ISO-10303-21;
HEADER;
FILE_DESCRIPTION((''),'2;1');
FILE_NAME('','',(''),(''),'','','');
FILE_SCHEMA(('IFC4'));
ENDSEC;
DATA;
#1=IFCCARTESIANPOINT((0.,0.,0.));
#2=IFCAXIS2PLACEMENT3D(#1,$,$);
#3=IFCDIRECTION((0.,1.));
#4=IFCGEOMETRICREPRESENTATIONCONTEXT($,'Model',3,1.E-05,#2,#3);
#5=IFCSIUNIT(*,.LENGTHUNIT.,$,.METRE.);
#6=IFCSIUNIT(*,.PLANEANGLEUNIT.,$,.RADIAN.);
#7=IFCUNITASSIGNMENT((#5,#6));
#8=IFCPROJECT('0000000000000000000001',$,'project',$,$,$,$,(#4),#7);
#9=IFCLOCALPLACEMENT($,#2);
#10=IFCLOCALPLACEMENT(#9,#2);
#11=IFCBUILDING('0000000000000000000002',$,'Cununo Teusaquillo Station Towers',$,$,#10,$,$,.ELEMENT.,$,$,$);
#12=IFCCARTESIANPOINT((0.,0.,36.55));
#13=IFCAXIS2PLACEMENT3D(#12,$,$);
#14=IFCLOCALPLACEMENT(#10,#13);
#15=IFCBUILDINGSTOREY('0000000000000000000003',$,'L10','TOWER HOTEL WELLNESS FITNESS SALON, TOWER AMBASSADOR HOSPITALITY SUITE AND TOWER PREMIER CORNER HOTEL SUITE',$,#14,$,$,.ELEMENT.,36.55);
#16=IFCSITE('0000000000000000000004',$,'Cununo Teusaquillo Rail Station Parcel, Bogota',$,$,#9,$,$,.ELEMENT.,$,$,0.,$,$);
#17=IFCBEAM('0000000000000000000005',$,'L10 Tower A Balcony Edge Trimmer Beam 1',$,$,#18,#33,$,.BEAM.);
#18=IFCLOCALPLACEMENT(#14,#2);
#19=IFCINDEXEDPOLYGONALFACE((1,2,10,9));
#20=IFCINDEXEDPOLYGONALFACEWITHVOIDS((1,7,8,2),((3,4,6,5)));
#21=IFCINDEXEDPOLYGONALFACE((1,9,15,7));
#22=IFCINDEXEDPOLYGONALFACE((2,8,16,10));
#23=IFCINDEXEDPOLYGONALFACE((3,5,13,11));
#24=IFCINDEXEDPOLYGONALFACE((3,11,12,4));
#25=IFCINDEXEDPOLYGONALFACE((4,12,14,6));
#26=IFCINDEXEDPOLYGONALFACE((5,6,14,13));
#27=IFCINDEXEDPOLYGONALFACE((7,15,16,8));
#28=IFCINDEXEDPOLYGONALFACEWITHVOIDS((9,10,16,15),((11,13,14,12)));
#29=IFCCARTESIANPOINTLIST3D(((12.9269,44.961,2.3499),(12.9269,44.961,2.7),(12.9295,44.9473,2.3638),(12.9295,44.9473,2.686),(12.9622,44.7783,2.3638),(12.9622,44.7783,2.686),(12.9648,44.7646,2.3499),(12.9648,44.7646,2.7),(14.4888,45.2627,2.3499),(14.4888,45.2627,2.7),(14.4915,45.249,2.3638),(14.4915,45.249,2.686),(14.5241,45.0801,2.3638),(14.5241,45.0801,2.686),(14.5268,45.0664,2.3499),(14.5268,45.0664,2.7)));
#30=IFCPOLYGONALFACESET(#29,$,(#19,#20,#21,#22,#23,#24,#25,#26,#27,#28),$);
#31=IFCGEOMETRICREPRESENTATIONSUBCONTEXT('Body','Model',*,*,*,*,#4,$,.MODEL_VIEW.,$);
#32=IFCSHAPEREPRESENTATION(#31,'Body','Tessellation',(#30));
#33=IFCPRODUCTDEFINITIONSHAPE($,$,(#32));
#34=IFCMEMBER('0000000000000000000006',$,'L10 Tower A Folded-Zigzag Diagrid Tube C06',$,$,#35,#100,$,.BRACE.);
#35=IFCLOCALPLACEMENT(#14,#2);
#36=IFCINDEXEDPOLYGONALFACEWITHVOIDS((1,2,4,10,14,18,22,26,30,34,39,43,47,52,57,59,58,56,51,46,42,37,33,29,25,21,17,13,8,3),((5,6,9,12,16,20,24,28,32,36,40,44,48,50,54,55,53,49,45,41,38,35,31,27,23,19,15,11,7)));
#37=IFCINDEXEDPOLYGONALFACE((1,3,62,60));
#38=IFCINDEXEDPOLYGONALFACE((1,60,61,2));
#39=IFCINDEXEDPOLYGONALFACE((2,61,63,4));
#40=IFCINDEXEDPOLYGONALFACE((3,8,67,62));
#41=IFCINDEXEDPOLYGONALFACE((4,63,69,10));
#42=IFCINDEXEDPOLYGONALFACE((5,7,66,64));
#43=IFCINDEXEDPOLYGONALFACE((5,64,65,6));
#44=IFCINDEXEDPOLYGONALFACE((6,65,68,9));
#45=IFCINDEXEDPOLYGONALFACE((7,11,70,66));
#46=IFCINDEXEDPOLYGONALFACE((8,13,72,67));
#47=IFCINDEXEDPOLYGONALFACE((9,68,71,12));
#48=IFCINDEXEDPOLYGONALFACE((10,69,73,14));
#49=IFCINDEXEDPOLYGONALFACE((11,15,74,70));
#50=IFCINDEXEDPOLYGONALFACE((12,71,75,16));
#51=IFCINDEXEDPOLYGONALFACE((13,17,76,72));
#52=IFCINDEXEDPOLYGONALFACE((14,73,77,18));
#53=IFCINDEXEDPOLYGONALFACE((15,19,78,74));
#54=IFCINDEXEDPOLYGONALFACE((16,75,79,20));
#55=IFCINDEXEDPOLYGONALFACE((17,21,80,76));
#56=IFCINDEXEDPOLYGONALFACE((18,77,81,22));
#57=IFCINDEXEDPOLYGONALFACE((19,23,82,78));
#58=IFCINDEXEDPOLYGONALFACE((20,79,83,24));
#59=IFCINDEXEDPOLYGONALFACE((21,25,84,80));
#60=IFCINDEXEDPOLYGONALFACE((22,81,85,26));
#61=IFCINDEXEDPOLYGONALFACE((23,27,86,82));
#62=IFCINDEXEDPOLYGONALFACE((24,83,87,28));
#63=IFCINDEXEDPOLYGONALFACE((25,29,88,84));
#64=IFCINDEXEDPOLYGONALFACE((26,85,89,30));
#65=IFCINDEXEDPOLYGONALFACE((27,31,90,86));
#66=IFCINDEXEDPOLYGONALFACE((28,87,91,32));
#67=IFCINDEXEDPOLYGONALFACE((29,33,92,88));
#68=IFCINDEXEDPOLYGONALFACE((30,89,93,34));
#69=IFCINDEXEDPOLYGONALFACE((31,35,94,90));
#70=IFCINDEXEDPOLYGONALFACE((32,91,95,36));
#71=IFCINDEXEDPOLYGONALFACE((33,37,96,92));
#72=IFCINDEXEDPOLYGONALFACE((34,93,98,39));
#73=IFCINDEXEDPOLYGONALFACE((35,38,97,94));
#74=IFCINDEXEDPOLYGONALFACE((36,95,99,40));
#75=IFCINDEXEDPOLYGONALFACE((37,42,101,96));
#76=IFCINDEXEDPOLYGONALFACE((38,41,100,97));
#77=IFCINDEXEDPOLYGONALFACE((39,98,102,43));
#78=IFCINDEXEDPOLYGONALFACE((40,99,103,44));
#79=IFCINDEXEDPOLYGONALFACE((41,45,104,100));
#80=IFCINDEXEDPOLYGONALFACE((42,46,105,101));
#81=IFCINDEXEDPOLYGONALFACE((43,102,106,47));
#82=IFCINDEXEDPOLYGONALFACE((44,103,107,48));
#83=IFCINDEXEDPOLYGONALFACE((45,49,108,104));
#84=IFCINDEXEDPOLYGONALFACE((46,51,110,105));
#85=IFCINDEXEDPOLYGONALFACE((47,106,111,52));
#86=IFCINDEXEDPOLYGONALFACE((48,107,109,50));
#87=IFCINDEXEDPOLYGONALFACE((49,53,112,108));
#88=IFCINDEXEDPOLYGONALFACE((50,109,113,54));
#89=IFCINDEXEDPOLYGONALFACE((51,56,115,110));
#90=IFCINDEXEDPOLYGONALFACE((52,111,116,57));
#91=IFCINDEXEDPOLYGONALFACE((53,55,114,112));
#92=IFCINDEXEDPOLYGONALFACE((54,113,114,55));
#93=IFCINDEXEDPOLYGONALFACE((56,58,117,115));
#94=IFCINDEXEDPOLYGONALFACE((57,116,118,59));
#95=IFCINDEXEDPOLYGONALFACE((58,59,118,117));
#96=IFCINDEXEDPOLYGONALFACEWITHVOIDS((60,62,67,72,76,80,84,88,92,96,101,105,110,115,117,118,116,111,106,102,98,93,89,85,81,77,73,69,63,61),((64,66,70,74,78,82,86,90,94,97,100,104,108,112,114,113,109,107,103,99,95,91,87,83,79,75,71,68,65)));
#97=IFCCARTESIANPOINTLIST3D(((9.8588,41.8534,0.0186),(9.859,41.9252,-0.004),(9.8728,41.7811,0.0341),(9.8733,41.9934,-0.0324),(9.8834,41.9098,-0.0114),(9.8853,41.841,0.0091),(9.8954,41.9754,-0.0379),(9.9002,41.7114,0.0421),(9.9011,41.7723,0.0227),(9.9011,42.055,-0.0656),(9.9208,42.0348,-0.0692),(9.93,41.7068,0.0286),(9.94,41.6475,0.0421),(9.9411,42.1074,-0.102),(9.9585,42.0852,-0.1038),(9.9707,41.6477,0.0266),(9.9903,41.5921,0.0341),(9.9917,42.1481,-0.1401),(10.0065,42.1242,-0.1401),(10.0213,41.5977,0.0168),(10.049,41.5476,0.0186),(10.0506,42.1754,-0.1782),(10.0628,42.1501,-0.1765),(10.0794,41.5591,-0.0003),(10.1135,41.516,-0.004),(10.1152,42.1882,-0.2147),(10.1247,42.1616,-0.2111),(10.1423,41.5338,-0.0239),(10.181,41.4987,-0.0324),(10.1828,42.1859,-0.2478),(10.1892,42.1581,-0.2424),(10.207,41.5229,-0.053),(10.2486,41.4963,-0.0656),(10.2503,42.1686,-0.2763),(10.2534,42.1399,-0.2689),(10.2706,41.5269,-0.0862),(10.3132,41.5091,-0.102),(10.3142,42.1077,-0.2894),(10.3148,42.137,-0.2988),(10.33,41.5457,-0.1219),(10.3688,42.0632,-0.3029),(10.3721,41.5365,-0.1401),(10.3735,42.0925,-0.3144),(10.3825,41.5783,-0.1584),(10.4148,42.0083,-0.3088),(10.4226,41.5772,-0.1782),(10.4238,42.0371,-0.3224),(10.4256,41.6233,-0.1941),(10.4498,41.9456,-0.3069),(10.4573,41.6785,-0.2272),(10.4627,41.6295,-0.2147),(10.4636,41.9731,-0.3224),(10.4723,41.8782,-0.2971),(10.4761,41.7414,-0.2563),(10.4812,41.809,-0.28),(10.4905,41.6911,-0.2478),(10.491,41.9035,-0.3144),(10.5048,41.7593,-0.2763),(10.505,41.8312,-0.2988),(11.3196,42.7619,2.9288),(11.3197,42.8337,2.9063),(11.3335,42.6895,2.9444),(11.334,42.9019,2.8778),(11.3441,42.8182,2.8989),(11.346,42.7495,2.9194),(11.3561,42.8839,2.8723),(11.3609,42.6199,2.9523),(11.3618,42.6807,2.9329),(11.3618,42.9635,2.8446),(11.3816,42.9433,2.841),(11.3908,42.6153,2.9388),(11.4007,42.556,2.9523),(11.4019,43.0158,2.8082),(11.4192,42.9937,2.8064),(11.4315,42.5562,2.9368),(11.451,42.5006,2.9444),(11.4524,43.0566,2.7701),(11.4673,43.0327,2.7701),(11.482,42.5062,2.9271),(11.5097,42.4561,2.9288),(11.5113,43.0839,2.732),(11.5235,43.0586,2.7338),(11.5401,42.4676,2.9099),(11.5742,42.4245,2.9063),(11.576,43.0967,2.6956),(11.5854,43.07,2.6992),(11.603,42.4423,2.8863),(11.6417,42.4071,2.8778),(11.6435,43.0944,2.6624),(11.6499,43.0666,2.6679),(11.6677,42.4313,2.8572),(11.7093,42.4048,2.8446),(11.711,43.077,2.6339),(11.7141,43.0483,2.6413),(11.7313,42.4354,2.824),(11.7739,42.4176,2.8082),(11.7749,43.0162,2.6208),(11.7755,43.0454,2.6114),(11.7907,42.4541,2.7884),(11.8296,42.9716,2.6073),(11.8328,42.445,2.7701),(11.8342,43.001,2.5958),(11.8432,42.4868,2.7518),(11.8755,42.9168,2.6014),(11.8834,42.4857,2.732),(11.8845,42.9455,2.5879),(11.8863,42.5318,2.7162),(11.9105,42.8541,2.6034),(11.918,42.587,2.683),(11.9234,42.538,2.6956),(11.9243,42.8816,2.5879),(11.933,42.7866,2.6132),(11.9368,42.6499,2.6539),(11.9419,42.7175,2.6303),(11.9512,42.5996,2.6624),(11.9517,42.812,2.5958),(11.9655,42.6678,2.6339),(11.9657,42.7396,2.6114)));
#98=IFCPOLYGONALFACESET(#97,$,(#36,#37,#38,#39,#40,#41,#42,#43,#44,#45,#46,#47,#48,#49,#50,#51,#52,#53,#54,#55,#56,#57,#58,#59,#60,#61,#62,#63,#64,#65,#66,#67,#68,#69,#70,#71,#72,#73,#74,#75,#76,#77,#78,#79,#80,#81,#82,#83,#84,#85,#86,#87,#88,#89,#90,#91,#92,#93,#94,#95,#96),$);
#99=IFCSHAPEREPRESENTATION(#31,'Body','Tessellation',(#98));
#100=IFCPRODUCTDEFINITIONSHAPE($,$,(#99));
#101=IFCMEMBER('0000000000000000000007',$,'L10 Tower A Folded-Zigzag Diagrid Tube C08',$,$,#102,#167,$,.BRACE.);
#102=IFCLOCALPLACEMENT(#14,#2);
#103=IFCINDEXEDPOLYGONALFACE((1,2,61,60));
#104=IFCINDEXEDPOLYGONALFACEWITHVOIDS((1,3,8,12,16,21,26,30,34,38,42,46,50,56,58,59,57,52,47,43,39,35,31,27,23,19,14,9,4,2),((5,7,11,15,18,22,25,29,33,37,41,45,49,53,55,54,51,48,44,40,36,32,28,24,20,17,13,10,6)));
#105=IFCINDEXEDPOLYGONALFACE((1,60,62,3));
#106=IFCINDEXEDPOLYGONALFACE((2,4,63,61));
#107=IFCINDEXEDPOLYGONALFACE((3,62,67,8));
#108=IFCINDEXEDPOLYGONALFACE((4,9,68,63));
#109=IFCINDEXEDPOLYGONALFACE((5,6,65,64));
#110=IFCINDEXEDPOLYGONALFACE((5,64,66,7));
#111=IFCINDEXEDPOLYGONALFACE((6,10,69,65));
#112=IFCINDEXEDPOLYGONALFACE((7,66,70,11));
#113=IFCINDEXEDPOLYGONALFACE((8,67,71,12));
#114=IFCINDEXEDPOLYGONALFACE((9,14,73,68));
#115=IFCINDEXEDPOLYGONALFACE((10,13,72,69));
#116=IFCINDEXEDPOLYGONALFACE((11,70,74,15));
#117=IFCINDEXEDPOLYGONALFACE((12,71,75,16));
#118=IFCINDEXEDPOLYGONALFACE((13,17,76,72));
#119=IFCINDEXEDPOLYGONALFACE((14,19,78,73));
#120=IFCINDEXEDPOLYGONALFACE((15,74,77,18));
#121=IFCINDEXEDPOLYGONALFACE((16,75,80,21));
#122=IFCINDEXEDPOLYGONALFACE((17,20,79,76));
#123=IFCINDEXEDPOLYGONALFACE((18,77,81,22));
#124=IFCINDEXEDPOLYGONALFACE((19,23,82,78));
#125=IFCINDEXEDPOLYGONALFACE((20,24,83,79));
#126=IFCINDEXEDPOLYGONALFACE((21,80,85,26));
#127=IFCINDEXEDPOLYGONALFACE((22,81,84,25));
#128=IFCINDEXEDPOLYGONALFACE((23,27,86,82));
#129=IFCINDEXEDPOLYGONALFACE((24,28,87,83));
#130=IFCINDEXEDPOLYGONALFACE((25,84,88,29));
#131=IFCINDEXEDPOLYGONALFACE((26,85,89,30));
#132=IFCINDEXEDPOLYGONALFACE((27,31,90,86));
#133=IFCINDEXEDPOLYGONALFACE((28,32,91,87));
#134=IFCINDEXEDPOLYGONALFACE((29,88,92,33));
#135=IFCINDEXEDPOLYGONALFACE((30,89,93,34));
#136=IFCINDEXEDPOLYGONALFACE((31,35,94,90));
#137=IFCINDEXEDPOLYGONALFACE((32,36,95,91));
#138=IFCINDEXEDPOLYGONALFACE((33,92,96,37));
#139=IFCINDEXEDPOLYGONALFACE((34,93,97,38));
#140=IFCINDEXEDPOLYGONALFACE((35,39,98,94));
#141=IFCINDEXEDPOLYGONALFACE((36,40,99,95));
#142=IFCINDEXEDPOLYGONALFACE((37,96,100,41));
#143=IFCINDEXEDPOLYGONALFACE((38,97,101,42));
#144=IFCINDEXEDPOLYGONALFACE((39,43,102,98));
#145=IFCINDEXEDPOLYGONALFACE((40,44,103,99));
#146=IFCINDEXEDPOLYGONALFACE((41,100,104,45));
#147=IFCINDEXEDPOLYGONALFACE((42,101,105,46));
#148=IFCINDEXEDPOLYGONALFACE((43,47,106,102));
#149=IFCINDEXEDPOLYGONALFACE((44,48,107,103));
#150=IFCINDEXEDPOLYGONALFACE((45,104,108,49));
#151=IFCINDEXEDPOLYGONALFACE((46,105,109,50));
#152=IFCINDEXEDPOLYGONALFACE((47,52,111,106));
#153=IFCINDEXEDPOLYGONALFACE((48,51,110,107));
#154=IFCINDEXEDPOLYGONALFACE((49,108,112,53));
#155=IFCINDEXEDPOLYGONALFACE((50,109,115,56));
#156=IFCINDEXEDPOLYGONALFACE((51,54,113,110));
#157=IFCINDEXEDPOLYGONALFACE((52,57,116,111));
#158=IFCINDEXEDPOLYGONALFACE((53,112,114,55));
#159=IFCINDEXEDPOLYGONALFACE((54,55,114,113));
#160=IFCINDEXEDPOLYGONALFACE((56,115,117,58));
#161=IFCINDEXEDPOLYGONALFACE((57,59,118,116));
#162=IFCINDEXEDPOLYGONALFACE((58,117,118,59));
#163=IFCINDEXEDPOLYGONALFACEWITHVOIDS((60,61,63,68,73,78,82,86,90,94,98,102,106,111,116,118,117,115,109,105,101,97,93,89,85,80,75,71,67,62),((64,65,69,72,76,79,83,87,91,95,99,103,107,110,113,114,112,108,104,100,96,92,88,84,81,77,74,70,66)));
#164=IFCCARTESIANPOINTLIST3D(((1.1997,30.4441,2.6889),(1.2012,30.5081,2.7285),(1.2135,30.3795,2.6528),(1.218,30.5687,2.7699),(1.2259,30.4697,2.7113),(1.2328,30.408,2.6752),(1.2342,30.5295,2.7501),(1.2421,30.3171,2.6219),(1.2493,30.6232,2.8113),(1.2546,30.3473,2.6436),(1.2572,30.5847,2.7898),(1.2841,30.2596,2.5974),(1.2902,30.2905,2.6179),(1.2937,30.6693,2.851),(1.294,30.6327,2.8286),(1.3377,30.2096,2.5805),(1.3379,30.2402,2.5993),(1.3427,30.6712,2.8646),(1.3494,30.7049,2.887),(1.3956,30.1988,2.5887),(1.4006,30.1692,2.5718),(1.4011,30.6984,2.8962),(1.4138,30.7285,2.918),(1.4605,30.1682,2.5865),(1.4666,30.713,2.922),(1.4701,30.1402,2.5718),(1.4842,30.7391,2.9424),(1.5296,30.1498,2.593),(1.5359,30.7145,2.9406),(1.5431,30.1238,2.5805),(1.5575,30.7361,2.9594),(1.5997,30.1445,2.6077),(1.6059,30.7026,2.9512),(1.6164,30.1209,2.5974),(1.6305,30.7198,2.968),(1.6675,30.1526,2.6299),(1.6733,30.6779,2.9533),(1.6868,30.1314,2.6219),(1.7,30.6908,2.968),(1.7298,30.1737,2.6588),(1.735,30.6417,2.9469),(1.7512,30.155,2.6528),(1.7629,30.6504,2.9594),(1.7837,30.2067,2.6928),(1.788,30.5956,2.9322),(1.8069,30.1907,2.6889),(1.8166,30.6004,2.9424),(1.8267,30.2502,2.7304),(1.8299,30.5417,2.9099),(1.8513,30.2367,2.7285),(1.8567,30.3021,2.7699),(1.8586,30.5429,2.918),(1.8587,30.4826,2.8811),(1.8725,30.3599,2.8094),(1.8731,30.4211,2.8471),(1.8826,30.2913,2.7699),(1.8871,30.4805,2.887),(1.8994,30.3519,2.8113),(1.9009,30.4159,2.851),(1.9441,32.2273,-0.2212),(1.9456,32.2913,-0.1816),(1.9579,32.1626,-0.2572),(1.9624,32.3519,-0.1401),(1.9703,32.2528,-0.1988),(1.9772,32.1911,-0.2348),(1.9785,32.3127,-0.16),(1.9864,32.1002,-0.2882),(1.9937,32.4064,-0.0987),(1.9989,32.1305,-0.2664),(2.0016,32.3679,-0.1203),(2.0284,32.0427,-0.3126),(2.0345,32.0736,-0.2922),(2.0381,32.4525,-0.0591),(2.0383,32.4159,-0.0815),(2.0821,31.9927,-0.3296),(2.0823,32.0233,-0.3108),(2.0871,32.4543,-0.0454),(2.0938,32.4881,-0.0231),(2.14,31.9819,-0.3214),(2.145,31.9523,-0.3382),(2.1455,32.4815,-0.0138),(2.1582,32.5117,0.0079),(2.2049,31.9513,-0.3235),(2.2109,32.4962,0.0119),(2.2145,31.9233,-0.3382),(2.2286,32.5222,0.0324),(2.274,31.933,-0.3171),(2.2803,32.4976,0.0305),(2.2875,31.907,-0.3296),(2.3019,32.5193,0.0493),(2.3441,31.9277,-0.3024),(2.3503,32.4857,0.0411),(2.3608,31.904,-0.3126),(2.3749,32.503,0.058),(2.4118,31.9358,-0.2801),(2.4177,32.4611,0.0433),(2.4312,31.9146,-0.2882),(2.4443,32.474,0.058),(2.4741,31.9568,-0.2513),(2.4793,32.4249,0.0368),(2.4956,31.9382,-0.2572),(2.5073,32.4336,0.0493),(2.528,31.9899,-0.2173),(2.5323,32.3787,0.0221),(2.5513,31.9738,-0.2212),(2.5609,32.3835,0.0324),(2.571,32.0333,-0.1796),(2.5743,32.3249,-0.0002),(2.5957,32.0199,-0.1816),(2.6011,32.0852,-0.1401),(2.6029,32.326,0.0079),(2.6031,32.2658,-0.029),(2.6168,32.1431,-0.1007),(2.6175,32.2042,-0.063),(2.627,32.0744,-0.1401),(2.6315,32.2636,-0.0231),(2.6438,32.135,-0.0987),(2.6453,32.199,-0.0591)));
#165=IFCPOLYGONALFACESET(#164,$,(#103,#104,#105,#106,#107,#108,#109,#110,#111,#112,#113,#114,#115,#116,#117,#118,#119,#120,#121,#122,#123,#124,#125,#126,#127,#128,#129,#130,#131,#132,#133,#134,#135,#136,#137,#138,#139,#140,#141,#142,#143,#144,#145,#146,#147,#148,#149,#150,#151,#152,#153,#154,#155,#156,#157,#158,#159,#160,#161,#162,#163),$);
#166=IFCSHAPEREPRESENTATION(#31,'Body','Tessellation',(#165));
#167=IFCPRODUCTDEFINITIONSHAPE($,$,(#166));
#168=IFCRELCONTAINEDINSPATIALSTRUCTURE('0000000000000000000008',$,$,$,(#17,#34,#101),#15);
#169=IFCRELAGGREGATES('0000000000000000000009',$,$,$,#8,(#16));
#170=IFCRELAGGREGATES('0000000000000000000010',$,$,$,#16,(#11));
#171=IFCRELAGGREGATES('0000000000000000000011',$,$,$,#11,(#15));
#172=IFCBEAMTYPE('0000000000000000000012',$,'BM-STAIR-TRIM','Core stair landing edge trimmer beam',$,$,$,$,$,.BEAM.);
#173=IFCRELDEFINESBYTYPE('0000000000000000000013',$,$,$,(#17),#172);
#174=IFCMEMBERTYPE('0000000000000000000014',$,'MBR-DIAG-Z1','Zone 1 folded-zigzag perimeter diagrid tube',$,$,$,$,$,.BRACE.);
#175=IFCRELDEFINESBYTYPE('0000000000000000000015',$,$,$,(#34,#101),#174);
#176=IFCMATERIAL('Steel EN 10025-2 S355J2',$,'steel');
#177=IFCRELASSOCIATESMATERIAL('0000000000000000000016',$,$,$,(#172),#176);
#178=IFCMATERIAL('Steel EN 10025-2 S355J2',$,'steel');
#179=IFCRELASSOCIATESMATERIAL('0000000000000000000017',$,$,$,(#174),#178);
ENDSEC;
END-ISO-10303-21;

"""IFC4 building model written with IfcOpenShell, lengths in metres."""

from ifc_helpers import new_model, si_unit, direction, frame, origin, origin_2d, place, context, subcontext, project, spatial, hollow_rectangle, hollow_circle, extrude, material, material_profile, profile_set, type_object, element, save


model = new_model("IFC4")

# Units and contexts
model_context = context("Model", 3, precision=1e-05, world=origin(), true_north=direction((0.0, 1.0)))
body_context = subcontext(model_context, "Body", "Model", "MODEL_VIEW")
ifc_project = project(units=[si_unit("LENGTHUNIT", "METRE"), si_unit("PLANEANGLEUNIT", "RADIAN")], contexts=[model_context])

# Site, building, storey
site_placement = place(None, origin())
site = spatial("IfcSite", under=ifc_project, at=site_placement, Name="Cununo Teusaquillo Rail Station Parcel, Bogota", CompositionType="ELEMENT", RefElevation=0.0)
building_placement = place(site_placement, origin())
building = spatial("IfcBuilding", under=site, at=building_placement, Name="Cununo Teusaquillo Station Towers", CompositionType="ELEMENT")
storey_placement = place(building_placement, frame((0.0, 0.0, 36.55)))
storey = spatial("IfcBuildingStorey", under=building, at=storey_placement, Name="L10", Description="TOWER HOTEL WELLNESS FITNESS SALON, TOWER AMBASSADOR HOSPITALITY SUITE AND TOWER PREMIER CORNER HOTEL SUITE", CompositionType="ELEMENT", Elevation=36.55)

# Beam
ifc_material_1 = material(Name="Steel EN 10025-2 S355J2", Category="steel")
ifc_material_profile_1 = material_profile(ifc_material_1, hollow_rectangle(XDim=0.2, YDim=0.3501, WallThickness=0.0139, at=origin_2d()), Name="RHS 350x200x14")
ifc_profile_set_1 = profile_set([ifc_material_profile_1], Name="Steel EN 10025-2 S355J2")
beam_type_1 = type_object("IfcBeamType", Name="BM-STAIR-TRIM", Description="Core stair landing edge trimmer beam", PredefinedType="BEAM", material=ifc_profile_set_1)
beam_1_placement = place(storey_placement, frame((14.5078, 45.1646, 2.5249), z_axis=(-0.981846, -0.189678, 0.0), x_axis=(0.189678, -0.981846, 0.0)))
element("IfcBeam", 1, at=beam_1_placement, inside=storey, type_object=beam_type_1, Name="L10 Tower A Balcony Edge Trimmer Beam 1", PredefinedType="BEAM", context=body_context, shape_type="SweptSolid", body=[
    extrude(hollow_rectangle(XDim=0.2, YDim=0.3501, WallThickness=0.0139, at=origin_2d()), origin(), (0.0, 0.0, 1.0), 1.5908),
])

# Members
ifc_material_2 = material(Name="Steel EN 10025-2 S355J2", Category="steel")
ifc_material_profile_2 = material_profile(ifc_material_2, hollow_circle(Radius=0.3601, WallThickness=0.0281, at=origin_2d()), Name="CHS 720x28")
ifc_profile_set_2 = profile_set([ifc_material_profile_2], Name="Steel EN 10025-2 S355J2")
member_type = type_object("IfcMemberType", Name="MBR-DIAG-Z1", Description="Zone 1 folded-zigzag perimeter diagrid tube", PredefinedType="BRACE", material=ifc_profile_set_2)
member_1_placement = place(storey_placement, frame((10.1819, 41.8423, -0.1401), z_axis=(0.432091, 0.26873, 0.860861), x_axis=(-0.528122, 0.849168, 0.0)))
element("IfcMember", 2, at=member_1_placement, inside=storey, type_object=member_type, Name="L10 Tower A Folded-Zigzag Diagrid Tube C06", PredefinedType="BRACE", context=body_context, shape_type="SweptSolid", body=[
    extrude(hollow_circle(Radius=0.3601, WallThickness=0.0281, at=origin_2d()), origin(), (0.0, 0.0, 1.0), 3.3806),
])
member_2_placement = place(storey_placement, frame((2.2947, 32.2131, -0.1401), z_axis=(-0.213091, -0.510468, 0.833075), x_axis=(0.922823, -0.385225, 0.0)))
element("IfcMember", 3, at=member_2_placement, inside=storey, type_object=member_type, Name="L10 Tower A Folded-Zigzag Diagrid Tube C08", PredefinedType="BRACE", context=body_context, shape_type="SweptSolid", body=[
    extrude(hollow_circle(Radius=0.3601, WallThickness=0.0281, at=origin_2d()), origin(), (0.0, 0.0, 1.0), 3.4932),
])

save(model, "model.ifc")
